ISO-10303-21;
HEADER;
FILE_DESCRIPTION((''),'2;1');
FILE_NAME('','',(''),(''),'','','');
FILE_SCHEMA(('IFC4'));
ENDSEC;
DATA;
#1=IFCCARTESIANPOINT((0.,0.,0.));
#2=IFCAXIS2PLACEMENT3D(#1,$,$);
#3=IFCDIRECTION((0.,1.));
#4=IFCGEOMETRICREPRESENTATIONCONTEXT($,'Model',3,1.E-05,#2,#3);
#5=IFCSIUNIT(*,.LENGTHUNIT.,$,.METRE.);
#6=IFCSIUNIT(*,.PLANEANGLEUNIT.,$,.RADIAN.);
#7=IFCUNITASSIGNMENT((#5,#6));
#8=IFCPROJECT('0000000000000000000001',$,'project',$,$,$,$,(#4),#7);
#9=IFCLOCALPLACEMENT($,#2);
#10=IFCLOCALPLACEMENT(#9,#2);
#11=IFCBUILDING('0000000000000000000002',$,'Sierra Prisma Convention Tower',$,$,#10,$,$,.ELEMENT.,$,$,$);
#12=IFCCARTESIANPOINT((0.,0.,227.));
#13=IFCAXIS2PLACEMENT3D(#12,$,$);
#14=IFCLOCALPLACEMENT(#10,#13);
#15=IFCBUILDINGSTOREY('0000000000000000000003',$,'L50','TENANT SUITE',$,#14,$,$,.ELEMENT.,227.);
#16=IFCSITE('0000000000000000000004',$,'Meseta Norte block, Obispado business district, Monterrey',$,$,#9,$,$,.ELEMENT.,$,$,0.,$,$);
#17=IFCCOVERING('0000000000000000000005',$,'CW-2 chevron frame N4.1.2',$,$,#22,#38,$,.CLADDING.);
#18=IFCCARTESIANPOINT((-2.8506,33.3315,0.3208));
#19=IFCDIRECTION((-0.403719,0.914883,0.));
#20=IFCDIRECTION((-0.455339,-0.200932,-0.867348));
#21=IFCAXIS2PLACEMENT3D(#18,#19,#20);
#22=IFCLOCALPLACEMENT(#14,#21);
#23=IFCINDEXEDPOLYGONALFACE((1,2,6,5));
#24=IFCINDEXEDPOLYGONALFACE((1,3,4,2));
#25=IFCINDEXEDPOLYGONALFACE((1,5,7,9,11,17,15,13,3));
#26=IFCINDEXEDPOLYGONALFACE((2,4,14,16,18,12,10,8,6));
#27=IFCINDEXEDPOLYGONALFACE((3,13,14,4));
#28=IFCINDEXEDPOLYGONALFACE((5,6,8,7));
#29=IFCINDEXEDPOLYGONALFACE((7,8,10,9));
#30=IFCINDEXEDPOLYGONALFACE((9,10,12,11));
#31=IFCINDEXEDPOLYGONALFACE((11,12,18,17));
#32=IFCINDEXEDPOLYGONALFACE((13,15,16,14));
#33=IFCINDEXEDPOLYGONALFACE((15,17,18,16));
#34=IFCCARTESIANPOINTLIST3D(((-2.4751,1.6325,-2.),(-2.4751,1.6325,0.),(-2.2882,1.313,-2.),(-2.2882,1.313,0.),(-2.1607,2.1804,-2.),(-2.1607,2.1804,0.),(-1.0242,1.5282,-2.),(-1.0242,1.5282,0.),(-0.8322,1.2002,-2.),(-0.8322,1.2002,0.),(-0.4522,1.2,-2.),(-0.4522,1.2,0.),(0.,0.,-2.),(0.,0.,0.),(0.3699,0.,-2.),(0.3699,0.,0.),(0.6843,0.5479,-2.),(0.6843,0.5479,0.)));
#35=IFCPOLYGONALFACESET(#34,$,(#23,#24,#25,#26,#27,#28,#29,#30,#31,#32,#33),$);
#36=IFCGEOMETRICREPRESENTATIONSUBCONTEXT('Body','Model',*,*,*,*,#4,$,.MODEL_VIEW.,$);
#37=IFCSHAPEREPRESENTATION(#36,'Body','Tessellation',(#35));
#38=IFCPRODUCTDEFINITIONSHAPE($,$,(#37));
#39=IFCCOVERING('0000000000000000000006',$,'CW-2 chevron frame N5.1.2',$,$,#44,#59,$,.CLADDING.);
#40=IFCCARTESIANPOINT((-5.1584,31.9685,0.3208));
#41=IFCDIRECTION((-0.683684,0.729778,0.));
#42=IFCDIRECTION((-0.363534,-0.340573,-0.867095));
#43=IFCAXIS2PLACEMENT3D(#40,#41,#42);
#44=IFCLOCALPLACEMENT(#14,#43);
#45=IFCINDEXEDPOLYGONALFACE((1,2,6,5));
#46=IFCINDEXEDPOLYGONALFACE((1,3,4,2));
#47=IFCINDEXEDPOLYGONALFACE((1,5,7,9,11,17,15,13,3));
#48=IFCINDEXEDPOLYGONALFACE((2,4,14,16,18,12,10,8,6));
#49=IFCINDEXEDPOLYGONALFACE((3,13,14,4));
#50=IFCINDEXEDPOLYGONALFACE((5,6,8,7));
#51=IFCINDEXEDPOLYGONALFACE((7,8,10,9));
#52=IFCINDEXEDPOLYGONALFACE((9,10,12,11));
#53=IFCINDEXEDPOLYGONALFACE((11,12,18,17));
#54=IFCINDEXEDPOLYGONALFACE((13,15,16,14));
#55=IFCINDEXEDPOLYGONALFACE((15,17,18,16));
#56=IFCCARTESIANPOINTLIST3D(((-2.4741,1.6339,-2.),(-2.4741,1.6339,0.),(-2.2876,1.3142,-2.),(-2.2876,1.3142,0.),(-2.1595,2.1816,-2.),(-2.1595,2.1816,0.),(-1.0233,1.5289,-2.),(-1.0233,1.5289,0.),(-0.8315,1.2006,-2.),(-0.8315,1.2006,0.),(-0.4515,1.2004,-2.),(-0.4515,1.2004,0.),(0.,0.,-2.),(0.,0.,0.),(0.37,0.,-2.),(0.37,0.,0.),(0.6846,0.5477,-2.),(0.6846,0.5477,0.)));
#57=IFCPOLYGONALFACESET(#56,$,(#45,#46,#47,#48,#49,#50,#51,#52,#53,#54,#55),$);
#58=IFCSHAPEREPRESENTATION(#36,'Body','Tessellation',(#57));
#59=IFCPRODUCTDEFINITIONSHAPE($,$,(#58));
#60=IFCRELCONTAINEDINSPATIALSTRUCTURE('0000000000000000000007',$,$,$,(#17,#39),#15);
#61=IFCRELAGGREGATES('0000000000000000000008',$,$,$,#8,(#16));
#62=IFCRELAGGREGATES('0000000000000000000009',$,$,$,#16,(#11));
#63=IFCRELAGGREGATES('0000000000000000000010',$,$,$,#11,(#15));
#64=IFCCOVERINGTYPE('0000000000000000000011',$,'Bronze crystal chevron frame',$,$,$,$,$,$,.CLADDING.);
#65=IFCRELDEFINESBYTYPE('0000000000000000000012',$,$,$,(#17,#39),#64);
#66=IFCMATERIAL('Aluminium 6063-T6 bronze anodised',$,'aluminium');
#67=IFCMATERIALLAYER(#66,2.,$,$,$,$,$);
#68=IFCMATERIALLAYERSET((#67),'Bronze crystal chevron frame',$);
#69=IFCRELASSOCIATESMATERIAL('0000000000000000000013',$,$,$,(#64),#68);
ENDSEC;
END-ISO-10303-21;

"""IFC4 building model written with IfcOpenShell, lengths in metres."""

from ifc_helpers import new_model, si_unit, direction, frame, origin, place, context, subcontext, project, spatial, polyline, outline, extrude, material, layer, layer_set, type_object, element, save


model = new_model("IFC4")

# Units and contexts
model_context = context("Model", 3, precision=1e-05, world=origin(), true_north=direction((0.0, 1.0)))
body_context = subcontext(model_context, "Body", "Model", "MODEL_VIEW")
ifc_project = project(units=[si_unit("LENGTHUNIT", "METRE"), si_unit("PLANEANGLEUNIT", "RADIAN")], contexts=[model_context])

# Site, building, storey
site_placement = place(None, origin())
site = spatial("IfcSite", under=ifc_project, at=site_placement, Name="Meseta Norte block, Obispado business district, Monterrey", CompositionType="ELEMENT", RefElevation=0.0)
building_placement = place(site_placement, origin())
building = spatial("IfcBuilding", under=site, at=building_placement, Name="Sierra Prisma Convention Tower", CompositionType="ELEMENT")
storey_placement = place(building_placement, frame((0.0, 0.0, 227.0)))
storey = spatial("IfcBuildingStorey", under=building, at=storey_placement, Name="L50", Description="TENANT SUITE", CompositionType="ELEMENT", Elevation=227.0)

# Coverings
ifc_material_1 = material(Name="Aluminium 6063-T6 bronze anodised", Category="aluminium")
ifc_layer_1 = layer(ifc_material_1, 2.0)
ifc_layer_set_1 = layer_set([ifc_layer_1], Name="Bronze crystal chevron frame")
covering_type = type_object("IfcCoveringType", Name="Bronze crystal chevron frame", PredefinedType="CLADDING", material=ifc_layer_set_1)
covering_1_placement = place(storey_placement, frame((-2.8506, 33.3315, 0.3208), z_axis=(-0.403719, 0.914883, 0.0), x_axis=(-0.455339, -0.200932, -0.867348)))
element("IfcCovering", 1, at=covering_1_placement, inside=storey, type_object=covering_type, Name="CW-2 chevron frame N4.1.2", PredefinedType="CLADDING", context=body_context, shape_type="SweptSolid", body=[
    extrude(outline(polyline([(0.0, 0.0), (0.3699, 0.0), (0.6843, 0.5479), (-0.4522, 1.2), (-0.8322, 1.2002), (-1.0242, 1.5282), (-2.1607, 2.1804), (-2.4751, 1.6325), (-2.2882, 1.313), (0.0, 0.0)])), origin(), (0.0, 0.0, -1.0), 2.0),
])
covering_2_placement = place(storey_placement, frame((-5.1584, 31.9685, 0.3208), z_axis=(-0.683684, 0.729778, 0.0), x_axis=(-0.363534, -0.340573, -0.867095)))
element("IfcCovering", 2, at=covering_2_placement, inside=storey, type_object=covering_type, Name="CW-2 chevron frame N5.1.2", PredefinedType="CLADDING", context=body_context, shape_type="SweptSolid", body=[
    extrude(outline(polyline([(0.0, 0.0), (0.37, 0.0), (0.6846, 0.5477), (-0.4515, 1.2004), (-0.8315, 1.2006), (-1.0233, 1.5289), (-2.1595, 2.1816), (-2.4741, 1.6339), (-2.2876, 1.3142), (0.0, 0.0)])), origin(), (0.0, 0.0, -1.0), 2.0),
])

save(model, "model.ifc")
